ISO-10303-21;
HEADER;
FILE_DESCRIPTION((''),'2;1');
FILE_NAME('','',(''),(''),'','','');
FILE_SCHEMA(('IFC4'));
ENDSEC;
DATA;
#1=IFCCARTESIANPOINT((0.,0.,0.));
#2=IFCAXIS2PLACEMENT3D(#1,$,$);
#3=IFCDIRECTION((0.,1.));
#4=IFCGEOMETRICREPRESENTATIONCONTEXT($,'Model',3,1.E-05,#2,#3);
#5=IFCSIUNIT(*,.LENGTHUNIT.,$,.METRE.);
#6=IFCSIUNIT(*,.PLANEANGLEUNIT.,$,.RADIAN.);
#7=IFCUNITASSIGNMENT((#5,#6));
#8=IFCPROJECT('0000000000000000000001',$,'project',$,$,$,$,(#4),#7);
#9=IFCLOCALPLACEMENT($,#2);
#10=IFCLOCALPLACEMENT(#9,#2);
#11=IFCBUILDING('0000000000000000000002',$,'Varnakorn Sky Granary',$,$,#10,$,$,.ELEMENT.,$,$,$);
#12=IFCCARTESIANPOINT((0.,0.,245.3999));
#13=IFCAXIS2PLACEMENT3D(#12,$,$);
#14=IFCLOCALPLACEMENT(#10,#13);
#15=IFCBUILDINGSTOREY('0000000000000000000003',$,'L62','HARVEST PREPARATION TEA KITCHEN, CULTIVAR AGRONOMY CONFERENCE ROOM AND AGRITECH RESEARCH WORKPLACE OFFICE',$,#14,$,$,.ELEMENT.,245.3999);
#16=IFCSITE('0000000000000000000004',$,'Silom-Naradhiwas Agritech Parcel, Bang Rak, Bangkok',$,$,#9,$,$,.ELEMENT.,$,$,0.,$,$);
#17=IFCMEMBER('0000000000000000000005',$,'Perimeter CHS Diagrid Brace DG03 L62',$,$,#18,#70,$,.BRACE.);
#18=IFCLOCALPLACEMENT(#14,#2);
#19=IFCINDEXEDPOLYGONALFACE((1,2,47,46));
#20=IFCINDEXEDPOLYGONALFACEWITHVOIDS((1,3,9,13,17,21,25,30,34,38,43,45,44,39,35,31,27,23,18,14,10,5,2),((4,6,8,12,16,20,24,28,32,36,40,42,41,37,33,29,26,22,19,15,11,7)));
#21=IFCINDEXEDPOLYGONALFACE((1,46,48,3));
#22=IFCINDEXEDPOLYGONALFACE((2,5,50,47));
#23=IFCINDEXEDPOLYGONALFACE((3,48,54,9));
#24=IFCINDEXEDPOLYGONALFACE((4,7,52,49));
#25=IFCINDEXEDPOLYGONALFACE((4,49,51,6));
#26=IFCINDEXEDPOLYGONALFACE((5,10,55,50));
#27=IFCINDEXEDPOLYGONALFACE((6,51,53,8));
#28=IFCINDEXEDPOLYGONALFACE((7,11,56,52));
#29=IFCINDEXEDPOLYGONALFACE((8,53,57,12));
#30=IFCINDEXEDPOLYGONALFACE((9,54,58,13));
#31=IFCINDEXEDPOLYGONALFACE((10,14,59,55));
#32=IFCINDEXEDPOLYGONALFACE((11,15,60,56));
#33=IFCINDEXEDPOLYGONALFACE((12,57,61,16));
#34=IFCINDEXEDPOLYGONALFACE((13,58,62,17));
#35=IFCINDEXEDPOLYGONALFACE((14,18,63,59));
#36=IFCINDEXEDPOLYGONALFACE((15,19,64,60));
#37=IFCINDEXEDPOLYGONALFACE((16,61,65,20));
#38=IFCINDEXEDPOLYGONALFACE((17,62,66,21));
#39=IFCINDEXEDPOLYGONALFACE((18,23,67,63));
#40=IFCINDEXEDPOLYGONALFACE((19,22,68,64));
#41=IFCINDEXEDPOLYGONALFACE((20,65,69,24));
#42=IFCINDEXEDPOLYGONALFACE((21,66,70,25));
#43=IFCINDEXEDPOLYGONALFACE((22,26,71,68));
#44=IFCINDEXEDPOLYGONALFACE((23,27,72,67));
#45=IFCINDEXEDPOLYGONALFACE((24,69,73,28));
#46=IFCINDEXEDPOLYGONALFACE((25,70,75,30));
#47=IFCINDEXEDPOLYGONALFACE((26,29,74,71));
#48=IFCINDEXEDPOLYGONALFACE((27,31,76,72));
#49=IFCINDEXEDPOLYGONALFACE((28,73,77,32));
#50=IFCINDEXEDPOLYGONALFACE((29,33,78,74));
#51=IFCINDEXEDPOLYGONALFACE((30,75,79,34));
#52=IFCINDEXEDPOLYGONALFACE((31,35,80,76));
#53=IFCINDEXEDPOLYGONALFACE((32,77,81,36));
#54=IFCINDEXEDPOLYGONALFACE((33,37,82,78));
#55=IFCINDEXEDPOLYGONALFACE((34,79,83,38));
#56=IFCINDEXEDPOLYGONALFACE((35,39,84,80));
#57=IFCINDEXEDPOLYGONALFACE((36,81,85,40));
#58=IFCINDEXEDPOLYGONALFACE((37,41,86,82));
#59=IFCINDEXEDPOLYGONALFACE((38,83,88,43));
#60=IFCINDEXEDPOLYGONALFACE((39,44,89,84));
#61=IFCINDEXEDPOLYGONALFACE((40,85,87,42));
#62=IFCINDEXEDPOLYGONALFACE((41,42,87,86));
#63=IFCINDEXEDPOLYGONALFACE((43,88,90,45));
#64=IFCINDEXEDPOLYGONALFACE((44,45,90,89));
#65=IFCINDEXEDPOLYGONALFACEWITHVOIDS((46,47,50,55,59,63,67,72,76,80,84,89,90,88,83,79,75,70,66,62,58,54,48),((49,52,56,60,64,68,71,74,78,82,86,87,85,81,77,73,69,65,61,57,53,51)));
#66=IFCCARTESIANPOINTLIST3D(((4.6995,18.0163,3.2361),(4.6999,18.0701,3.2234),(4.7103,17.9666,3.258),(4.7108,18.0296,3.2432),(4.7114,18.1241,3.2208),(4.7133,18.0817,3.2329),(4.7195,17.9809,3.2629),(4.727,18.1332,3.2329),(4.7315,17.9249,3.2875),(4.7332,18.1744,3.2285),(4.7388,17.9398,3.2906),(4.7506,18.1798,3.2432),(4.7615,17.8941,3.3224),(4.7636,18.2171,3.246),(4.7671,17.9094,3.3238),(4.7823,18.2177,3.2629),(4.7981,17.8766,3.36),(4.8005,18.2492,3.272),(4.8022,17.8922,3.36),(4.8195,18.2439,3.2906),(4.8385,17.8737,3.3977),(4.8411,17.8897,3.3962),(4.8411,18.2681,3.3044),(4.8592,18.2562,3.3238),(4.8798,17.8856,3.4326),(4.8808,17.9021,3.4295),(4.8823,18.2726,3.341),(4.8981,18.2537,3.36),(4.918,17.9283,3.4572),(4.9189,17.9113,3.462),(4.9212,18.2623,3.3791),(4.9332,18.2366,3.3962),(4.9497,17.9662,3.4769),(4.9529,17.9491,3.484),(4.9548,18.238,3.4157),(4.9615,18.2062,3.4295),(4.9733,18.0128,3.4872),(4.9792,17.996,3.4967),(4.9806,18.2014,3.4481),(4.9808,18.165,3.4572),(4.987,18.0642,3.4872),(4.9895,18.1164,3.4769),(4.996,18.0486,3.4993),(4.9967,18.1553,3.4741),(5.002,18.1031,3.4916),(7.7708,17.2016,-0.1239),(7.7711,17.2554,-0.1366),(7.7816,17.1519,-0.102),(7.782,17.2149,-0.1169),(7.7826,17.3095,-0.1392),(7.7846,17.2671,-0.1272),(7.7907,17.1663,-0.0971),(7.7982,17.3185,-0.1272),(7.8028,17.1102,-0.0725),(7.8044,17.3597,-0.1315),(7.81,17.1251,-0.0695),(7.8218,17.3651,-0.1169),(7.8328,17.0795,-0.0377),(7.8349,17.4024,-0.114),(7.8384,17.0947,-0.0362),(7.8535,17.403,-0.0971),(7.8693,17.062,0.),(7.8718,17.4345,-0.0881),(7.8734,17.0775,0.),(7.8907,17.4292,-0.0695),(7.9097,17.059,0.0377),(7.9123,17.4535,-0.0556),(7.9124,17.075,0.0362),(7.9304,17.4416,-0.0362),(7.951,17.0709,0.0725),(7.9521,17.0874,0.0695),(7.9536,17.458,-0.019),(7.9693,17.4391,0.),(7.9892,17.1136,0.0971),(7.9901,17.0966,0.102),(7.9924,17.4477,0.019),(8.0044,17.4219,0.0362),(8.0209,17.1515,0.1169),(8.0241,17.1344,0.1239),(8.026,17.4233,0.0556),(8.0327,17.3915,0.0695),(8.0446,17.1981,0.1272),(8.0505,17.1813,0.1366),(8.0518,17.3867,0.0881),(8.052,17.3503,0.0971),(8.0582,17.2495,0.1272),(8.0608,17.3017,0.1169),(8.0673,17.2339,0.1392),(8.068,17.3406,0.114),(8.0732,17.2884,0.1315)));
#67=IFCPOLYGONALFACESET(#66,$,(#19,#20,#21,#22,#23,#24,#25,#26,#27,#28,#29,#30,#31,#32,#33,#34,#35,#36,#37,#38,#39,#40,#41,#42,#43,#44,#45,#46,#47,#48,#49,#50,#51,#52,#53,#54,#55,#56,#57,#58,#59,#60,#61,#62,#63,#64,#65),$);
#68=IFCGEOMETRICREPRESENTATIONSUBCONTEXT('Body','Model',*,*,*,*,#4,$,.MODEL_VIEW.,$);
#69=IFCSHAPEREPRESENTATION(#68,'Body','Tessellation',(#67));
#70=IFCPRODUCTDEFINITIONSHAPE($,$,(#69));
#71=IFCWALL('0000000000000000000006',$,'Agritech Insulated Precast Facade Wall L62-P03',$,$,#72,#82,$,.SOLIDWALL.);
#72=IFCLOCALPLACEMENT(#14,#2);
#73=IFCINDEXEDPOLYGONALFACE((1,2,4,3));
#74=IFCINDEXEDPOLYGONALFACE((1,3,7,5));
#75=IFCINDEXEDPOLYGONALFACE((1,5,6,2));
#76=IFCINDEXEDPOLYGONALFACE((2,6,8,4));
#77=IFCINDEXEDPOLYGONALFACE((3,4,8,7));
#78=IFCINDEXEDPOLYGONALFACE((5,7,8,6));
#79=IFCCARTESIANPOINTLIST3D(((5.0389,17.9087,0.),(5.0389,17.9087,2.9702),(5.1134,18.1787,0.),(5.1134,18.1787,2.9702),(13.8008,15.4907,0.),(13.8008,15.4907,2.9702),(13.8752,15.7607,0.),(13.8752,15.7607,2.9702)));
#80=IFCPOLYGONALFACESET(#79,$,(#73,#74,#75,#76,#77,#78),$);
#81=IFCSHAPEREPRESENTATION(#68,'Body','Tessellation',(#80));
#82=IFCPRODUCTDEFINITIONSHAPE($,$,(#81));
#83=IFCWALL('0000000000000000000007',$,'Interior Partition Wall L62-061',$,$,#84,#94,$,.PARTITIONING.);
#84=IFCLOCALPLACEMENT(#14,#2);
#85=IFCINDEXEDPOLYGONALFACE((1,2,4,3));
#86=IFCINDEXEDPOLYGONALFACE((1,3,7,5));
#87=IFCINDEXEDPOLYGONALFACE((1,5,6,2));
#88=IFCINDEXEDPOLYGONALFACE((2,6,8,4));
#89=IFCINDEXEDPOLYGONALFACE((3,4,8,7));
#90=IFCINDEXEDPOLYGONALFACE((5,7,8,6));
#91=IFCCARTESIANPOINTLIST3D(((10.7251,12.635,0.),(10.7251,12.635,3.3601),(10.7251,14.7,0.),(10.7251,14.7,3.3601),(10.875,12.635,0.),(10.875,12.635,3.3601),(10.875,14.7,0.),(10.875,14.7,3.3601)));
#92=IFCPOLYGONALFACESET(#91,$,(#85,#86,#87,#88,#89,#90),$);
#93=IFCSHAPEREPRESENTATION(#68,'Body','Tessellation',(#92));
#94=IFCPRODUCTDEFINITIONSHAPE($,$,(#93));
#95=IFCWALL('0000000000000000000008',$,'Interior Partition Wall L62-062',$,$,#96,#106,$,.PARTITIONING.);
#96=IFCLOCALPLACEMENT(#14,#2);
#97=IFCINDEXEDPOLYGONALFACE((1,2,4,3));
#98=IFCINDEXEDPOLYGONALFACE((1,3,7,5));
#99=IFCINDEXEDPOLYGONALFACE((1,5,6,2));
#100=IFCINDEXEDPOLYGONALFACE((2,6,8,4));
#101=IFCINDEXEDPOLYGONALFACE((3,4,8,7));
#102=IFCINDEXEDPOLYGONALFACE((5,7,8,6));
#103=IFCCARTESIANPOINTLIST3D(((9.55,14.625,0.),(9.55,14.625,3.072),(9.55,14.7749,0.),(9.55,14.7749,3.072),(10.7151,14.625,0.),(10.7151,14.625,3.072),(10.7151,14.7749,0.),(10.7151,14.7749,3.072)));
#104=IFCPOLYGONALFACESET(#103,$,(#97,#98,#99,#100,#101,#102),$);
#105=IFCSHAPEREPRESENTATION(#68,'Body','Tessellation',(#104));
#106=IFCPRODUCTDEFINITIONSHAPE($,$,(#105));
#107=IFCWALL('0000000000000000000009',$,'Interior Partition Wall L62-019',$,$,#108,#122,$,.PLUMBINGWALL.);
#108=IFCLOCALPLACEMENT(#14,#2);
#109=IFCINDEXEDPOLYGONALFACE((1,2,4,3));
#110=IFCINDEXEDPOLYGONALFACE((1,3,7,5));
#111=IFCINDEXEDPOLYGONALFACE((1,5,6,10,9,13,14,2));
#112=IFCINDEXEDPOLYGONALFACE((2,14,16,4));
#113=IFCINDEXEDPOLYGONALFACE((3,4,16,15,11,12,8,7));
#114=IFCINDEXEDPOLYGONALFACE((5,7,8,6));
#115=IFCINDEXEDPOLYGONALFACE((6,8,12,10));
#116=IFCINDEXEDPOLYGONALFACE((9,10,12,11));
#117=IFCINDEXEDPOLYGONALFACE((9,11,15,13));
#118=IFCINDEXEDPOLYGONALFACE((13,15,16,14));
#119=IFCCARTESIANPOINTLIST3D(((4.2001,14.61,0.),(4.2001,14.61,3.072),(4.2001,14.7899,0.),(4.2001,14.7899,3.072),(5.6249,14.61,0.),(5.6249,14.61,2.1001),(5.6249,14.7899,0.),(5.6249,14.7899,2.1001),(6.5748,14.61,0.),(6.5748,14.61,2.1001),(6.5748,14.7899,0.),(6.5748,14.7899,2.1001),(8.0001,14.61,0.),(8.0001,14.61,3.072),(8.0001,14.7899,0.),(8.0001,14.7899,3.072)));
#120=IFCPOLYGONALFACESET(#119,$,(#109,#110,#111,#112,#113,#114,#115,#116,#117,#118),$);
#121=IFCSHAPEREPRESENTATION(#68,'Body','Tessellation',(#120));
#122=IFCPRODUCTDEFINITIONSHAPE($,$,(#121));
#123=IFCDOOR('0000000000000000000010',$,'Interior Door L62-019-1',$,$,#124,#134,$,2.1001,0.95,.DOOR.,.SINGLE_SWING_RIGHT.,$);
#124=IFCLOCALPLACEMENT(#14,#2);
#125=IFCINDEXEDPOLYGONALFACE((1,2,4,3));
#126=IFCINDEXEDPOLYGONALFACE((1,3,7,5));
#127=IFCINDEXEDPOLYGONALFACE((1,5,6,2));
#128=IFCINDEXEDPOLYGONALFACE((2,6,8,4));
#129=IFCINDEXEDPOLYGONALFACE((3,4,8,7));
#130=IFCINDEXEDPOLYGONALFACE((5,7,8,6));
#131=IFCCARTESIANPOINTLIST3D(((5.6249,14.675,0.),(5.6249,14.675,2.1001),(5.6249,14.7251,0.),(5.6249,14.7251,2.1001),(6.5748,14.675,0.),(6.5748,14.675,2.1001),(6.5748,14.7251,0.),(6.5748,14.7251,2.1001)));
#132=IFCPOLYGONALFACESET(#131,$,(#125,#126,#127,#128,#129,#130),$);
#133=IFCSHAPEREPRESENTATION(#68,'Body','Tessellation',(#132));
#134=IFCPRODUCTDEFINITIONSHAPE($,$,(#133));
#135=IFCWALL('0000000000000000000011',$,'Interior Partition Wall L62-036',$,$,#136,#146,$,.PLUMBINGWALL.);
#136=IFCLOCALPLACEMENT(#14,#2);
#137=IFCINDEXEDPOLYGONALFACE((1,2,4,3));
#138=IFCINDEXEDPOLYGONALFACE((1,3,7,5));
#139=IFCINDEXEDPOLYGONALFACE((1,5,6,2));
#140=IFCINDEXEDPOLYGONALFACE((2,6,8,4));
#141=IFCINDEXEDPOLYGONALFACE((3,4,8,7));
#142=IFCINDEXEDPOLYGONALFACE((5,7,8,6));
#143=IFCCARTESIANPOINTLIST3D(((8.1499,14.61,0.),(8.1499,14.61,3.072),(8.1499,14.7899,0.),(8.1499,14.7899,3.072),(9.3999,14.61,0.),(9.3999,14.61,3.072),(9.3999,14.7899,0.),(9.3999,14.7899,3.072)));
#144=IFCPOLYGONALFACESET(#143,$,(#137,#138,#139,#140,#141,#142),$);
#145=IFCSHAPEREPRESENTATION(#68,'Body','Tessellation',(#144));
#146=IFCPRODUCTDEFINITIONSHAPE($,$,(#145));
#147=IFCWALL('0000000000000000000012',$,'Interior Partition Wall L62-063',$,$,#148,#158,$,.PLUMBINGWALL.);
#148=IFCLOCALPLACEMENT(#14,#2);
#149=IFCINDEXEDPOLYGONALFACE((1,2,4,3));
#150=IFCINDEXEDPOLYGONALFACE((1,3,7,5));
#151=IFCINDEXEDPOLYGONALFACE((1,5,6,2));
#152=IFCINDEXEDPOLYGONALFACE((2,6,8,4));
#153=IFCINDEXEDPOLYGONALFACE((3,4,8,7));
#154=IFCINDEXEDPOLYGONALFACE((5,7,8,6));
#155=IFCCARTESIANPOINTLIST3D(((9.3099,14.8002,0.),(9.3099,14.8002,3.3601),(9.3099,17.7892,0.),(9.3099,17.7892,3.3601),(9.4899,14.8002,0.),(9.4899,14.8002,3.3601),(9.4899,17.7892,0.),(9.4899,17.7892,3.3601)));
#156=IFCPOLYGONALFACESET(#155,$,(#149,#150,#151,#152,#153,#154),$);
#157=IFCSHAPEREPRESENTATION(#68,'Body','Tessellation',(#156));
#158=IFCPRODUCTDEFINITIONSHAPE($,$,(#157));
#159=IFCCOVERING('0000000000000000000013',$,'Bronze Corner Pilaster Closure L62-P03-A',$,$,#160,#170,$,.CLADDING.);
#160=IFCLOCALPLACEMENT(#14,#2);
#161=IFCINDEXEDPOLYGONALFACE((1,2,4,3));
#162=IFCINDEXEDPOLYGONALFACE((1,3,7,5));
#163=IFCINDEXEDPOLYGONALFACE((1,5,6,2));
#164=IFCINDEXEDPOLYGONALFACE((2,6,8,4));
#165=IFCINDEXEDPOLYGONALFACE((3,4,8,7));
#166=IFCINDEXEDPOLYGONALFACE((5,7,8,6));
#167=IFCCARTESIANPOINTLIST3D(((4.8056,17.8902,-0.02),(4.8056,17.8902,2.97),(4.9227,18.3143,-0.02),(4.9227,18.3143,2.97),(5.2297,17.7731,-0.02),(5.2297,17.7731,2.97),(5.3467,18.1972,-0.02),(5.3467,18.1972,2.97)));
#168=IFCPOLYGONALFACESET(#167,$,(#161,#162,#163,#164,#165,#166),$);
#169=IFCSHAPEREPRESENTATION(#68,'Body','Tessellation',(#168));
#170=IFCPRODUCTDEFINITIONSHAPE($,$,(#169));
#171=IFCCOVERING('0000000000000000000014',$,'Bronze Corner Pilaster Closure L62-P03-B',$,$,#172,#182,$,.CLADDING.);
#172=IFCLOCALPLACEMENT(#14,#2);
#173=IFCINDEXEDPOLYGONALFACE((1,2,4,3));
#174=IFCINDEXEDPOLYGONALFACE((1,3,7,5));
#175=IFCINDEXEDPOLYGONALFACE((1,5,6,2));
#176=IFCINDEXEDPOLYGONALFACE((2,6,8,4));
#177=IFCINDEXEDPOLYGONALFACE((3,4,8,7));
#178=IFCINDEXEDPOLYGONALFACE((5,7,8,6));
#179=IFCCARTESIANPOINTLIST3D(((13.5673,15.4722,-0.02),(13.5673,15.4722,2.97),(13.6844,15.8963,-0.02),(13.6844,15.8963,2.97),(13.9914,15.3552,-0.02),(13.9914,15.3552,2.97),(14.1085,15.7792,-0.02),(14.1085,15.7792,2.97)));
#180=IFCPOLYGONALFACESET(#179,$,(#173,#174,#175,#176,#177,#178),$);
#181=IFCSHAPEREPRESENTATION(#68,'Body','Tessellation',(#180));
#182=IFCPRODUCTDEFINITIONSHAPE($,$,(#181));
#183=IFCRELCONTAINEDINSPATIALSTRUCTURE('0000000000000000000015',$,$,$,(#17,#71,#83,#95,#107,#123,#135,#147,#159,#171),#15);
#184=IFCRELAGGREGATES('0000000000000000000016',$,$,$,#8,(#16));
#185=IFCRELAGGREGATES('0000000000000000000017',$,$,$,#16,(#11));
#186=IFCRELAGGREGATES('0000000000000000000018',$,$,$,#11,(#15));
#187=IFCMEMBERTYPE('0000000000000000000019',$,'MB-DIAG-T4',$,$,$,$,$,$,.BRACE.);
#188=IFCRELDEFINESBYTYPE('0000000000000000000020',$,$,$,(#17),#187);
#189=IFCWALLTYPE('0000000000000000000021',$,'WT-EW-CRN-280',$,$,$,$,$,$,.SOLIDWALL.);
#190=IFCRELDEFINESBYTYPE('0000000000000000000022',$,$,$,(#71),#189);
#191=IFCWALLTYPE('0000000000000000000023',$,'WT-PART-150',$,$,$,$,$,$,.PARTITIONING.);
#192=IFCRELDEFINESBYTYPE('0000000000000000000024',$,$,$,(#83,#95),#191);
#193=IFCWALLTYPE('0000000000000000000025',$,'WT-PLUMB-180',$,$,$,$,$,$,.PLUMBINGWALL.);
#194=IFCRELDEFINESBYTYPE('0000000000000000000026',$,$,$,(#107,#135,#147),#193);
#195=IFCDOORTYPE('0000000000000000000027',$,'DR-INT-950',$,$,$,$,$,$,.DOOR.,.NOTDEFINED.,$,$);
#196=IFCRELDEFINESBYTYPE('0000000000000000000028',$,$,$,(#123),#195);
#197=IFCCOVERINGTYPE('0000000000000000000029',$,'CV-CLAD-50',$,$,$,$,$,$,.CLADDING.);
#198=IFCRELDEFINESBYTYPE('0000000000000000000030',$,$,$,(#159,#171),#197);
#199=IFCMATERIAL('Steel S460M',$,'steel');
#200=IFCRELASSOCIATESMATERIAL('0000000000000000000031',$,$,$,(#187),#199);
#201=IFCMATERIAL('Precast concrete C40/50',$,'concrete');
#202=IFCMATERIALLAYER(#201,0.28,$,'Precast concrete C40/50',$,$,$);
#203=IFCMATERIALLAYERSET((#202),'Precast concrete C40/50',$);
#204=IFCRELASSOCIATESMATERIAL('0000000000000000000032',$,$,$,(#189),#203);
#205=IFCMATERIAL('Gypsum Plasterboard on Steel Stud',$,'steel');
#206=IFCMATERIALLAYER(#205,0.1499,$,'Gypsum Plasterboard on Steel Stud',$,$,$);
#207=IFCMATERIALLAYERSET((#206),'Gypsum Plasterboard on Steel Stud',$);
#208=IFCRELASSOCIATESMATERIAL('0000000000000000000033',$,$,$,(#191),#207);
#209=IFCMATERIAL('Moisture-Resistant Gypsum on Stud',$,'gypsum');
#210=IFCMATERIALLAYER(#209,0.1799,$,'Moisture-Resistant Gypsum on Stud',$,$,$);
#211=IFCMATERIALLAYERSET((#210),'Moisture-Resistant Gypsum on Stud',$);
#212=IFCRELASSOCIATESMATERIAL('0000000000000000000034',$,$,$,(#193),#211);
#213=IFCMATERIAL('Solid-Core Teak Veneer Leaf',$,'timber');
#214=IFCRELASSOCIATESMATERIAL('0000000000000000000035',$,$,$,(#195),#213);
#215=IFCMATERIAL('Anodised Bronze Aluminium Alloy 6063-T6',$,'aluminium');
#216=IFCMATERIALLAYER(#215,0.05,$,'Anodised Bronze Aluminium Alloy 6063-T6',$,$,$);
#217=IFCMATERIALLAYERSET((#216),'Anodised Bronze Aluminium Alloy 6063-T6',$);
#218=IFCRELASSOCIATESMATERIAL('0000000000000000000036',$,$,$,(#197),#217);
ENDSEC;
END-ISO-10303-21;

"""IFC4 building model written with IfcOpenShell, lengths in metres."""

from ifc_helpers import new_model, si_unit, direction, frame, frame_2d, origin, origin_2d, place, context, subcontext, project, spatial, rectangle, hollow_circle, extrude, source, transform, mapped, material, layer, layer_set, material_profile, profile_set, type_object, type_shapes, element, fill, save


model = new_model("IFC4")

# Units and contexts
model_context = context("Model", 3, precision=1e-05, world=origin(), true_north=direction((0.0, 1.0)))
body_context = subcontext(model_context, "Body", "Model", "MODEL_VIEW")
ifc_project = project(units=[si_unit("LENGTHUNIT", "METRE"), si_unit("PLANEANGLEUNIT", "RADIAN")], contexts=[model_context])

# Site, building, storey
site_placement = place(None, origin())
site = spatial("IfcSite", under=ifc_project, at=site_placement, Name="Silom-Naradhiwas Agritech Parcel, Bang Rak, Bangkok", CompositionType="ELEMENT", RefElevation=0.0)
building_placement = place(site_placement, origin())
building = spatial("IfcBuilding", under=site, at=building_placement, Name="Varnakorn Sky Granary", CompositionType="ELEMENT")
storey_placement = place(building_placement, frame((0.0, 0.0, 245.3999)))
storey = spatial("IfcBuildingStorey", under=building, at=storey_placement, Name="L62", Description="HARVEST PREPARATION TEA KITCHEN, CULTIVAR AGRONOMY CONFERENCE ROOM AND AGRITECH RESEARCH WORKPLACE OFFICE", CompositionType="ELEMENT", Elevation=245.3999)

# Shared definitions
ifc_material_1 = material(Name="Steel S460M", Category="steel")

# Shared definitions
ifc_material_2 = material(Name="Anodised Bronze Aluminium Alloy 6063-T6", Category="aluminium")

# Member
ifc_material_profile_1 = material_profile(ifc_material_1, hollow_circle(Radius=0.2031, WallThickness=0.0161, at=origin_2d()), Name="CHS 406.4x16")
ifc_profile_set_1 = profile_set([ifc_material_profile_1], Name="Steel S460M")
member_type_1 = type_object("IfcMemberType", Name="MB-DIAG-T4", PredefinedType="BRACE", material=ifc_profile_set_1)
member_1_placement = place(storey_placement, frame((7.9214, 17.2583, 0.0), z_axis=(-0.664121, 0.176166, 0.726573), x_axis=(-0.256395, -0.966572, 0.0)))
element("IfcMember", 1, at=member_1_placement, inside=storey, type_object=member_type_1, Name="Perimeter CHS Diagrid Brace DG03 L62", PredefinedType="BRACE", context=body_context, shape_type="SweptSolid", body=[
    extrude(hollow_circle(Radius=0.2031, WallThickness=0.0161, at=origin_2d()), origin(), (0.0, 0.0, 1.0), 4.6245),
])

# Walls
ifc_material_3 = material(Name="Precast concrete C40/50", Category="concrete")
ifc_layer_1 = layer(ifc_material_3, 0.28, Name="Precast concrete C40/50")
ifc_layer_set_1 = layer_set([ifc_layer_1], Name="Precast concrete C40/50")
wall_type_1 = type_object("IfcWallType", Name="WT-EW-CRN-280", PredefinedType="SOLIDWALL", material=ifc_layer_set_1)
wall_1_placement = place(storey_placement, frame((5.0762, 18.0437, 0.0), z_axis=(0.0, 0.0, 1.0), x_axis=(0.963966, -0.266025, 0.0)))
element("IfcWall", 2, at=wall_1_placement, inside=storey, type_object=wall_type_1, Name="Agritech Insulated Precast Facade Wall L62-P03", PredefinedType="SOLIDWALL", context=body_context, shape_type="SweptSolid", body=[
    extrude(rectangle(XDim=9.0894, YDim=0.28, at=frame_2d((4.5447, 0.0))), origin(), (0.0, 0.0, 1.0), 2.9702),
])
ifc_material_4 = material(Name="Gypsum Plasterboard on Steel Stud", Category="steel")
ifc_layer_2 = layer(ifc_material_4, 0.1499, Name="Gypsum Plasterboard on Steel Stud")
ifc_layer_set_2 = layer_set([ifc_layer_2], Name="Gypsum Plasterboard on Steel Stud")
wall_type_2 = type_object("IfcWallType", Name="WT-PART-150", PredefinedType="PARTITIONING", material=ifc_layer_set_2)
wall_2_placement = place(storey_placement, frame((10.8, 12.635, 0.0), z_axis=(0.0, 0.0, 1.0), x_axis=(0.0, 1.0, 0.0)))
element("IfcWall", 3, at=wall_2_placement, inside=storey, type_object=wall_type_2, Name="Interior Partition Wall L62-061", PredefinedType="PARTITIONING", context=body_context, shape_type="SweptSolid", body=[
    extrude(rectangle(XDim=2.0649, YDim=0.1499, at=frame_2d((1.0325, 0.0))), origin(), (0.0, 0.0, 1.0), 3.3601),
])
wall_3_placement = place(storey_placement, frame((10.7151, 14.7, 0.0), z_axis=(0.0, 0.0, 1.0), x_axis=(-1.0, 0.0, 0.0)))
element("IfcWall", 4, at=wall_3_placement, inside=storey, type_object=wall_type_2, Name="Interior Partition Wall L62-062", PredefinedType="PARTITIONING", context=body_context, shape_type="SweptSolid", body=[
    extrude(rectangle(XDim=1.165, YDim=0.1499, at=frame_2d((0.5825, 0.0))), origin(), (0.0, 0.0, 1.0), 3.072),
])

# Wall, opening, door
ifc_material_5 = material(Name="Moisture-Resistant Gypsum on Stud", Category="gypsum")
ifc_layer_3 = layer(ifc_material_5, 0.1799, Name="Moisture-Resistant Gypsum on Stud")
ifc_layer_set_3 = layer_set([ifc_layer_3], Name="Moisture-Resistant Gypsum on Stud")
wall_type_3 = type_object("IfcWallType", Name="WT-PLUMB-180", PredefinedType="PLUMBINGWALL", material=ifc_layer_set_3)
wall_4_placement = place(storey_placement, frame((8.0, 14.7, 0.0), z_axis=(0.0, 0.0, 1.0), x_axis=(-1.0, 0.0, 0.0)))
wall_4 = element("IfcWall", 5, at=wall_4_placement, inside=storey, type_object=wall_type_3, Name="Interior Partition Wall L62-019", PredefinedType="PLUMBINGWALL", context=body_context, shape_type="SweptSolid", body=[
    extrude(rectangle(XDim=3.8, YDim=0.1799, at=frame_2d((1.8999, 0.0))), origin(), (0.0, 0.0, 1.0), 3.072),
])
opening_placement = place(wall_4_placement, frame((1.425, 0.0, 0.0)))
opening = element("IfcOpeningElement", 6, at=opening_placement, cuts=wall_4, PredefinedType="OPENING", context=body_context, shape_type="SweptSolid", body=[
    extrude(rectangle(XDim=0.95, YDim=2.1001, at=frame_2d((0.4751, 1.05))), frame((0.0, 0.1001, 0.0), z_axis=(0.0, -1.0, 0.0), x_axis=(1.0, 0.0, 0.0)), (0.0, 0.0, 1.0), 0.2),
])
ifc_material_6 = material(Name="Solid-Core Teak Veneer Leaf", Category="timber")
door_type = type_object("IfcDoorType", Name="DR-INT-950", OperationType="NOTDEFINED", PredefinedType="DOOR", material=ifc_material_6)
door_placement = place(opening_placement, origin())
door = element("IfcDoor", 7, at=door_placement, inside=storey, type_object=door_type, Name="Interior Door L62-019-1", OperationType="SINGLE_SWING_RIGHT", OverallHeight=2.1001, OverallWidth=0.95, PredefinedType="DOOR", context=body_context, shape_type="SweptSolid", body=[
    extrude(rectangle(XDim=0.95, YDim=2.1001, at=frame_2d((0.4751, 1.05))), frame((0.0, 0.0249, 0.0), z_axis=(0.0, -1.0, 0.0), x_axis=(1.0, 0.0, 0.0)), (0.0, 0.0, 1.0), 0.05),
])
fill(opening, door)

# Walls
wall_5_placement = place(storey_placement, frame((9.3999, 14.7, 0.0), z_axis=(0.0, 0.0, 1.0), x_axis=(-1.0, 0.0, 0.0)))
element("IfcWall", 8, at=wall_5_placement, inside=storey, type_object=wall_type_3, Name="Interior Partition Wall L62-036", PredefinedType="PLUMBINGWALL", context=body_context, shape_type="SweptSolid", body=[
    extrude(rectangle(XDim=1.25, YDim=0.1799, at=frame_2d((0.625, 0.0))), origin(), (0.0, 0.0, 1.0), 3.072),
])
wall_6_placement = place(storey_placement, frame((9.3999, 14.8, 0.0), z_axis=(0.0, 0.0, 1.0), x_axis=(0.0, 1.0, 0.0)))
element("IfcWall", 9, at=wall_6_placement, inside=storey, type_object=wall_type_3, Name="Interior Partition Wall L62-063", PredefinedType="PLUMBINGWALL", context=body_context, shape_type="SweptSolid", body=[
    extrude(rectangle(XDim=2.989, YDim=0.1799, at=frame_2d((1.4946, 0.0))), origin(), (0.0, 0.0, 1.0), 3.3601),
])

# Coverings
ifc_layer_4 = layer(ifc_material_2, 0.05, Name="Anodised Bronze Aluminium Alloy 6063-T6")
ifc_layer_set_4 = layer_set([ifc_layer_4], Name="Anodised Bronze Aluminium Alloy 6063-T6")
covering_type = type_object("IfcCoveringType", Name="CV-CLAD-50", PredefinedType="CLADDING", material=ifc_layer_set_4)
shared_shape = source(origin(), body_context, "Body", "SweptSolid", [
    extrude(rectangle(XDim=0.4399, YDim=0.4399, at=origin_2d()), origin(), (0.0, 0.0, 1.0), 2.99),
])
type_shapes(covering_type, [shared_shape])
for number, where, z_axis, x_axis, name in (
    (10, (5.0762, 18.0437, -0.02), (0.0, 0.0, 1.0), (0.963956, -0.266061, 0.0), "Bronze Corner Pilaster Closure L62-P03-A"),
    (11, (13.8379, 15.6257, -0.02), (0.0, 0.0, 1.0), (0.963956, -0.266061, 0.0), "Bronze Corner Pilaster Closure L62-P03-B"),
):
    element("IfcCovering", number, at=place(storey_placement, frame(where, z_axis=z_axis, x_axis=x_axis)), inside=storey, type_object=covering_type, Name=name, PredefinedType="CLADDING", context=body_context, shape_type="MappedRepresentation", body=[
        mapped(shared_shape, transform((0.0, 0.0, 0.0), x_axis=(1.0, 0.0, 0.0), y_axis=(0.0, 1.0, 0.0), z_axis=(0.0, 0.0, 1.0), scale=1.0)),
    ])

save(model, "model.ifc")
